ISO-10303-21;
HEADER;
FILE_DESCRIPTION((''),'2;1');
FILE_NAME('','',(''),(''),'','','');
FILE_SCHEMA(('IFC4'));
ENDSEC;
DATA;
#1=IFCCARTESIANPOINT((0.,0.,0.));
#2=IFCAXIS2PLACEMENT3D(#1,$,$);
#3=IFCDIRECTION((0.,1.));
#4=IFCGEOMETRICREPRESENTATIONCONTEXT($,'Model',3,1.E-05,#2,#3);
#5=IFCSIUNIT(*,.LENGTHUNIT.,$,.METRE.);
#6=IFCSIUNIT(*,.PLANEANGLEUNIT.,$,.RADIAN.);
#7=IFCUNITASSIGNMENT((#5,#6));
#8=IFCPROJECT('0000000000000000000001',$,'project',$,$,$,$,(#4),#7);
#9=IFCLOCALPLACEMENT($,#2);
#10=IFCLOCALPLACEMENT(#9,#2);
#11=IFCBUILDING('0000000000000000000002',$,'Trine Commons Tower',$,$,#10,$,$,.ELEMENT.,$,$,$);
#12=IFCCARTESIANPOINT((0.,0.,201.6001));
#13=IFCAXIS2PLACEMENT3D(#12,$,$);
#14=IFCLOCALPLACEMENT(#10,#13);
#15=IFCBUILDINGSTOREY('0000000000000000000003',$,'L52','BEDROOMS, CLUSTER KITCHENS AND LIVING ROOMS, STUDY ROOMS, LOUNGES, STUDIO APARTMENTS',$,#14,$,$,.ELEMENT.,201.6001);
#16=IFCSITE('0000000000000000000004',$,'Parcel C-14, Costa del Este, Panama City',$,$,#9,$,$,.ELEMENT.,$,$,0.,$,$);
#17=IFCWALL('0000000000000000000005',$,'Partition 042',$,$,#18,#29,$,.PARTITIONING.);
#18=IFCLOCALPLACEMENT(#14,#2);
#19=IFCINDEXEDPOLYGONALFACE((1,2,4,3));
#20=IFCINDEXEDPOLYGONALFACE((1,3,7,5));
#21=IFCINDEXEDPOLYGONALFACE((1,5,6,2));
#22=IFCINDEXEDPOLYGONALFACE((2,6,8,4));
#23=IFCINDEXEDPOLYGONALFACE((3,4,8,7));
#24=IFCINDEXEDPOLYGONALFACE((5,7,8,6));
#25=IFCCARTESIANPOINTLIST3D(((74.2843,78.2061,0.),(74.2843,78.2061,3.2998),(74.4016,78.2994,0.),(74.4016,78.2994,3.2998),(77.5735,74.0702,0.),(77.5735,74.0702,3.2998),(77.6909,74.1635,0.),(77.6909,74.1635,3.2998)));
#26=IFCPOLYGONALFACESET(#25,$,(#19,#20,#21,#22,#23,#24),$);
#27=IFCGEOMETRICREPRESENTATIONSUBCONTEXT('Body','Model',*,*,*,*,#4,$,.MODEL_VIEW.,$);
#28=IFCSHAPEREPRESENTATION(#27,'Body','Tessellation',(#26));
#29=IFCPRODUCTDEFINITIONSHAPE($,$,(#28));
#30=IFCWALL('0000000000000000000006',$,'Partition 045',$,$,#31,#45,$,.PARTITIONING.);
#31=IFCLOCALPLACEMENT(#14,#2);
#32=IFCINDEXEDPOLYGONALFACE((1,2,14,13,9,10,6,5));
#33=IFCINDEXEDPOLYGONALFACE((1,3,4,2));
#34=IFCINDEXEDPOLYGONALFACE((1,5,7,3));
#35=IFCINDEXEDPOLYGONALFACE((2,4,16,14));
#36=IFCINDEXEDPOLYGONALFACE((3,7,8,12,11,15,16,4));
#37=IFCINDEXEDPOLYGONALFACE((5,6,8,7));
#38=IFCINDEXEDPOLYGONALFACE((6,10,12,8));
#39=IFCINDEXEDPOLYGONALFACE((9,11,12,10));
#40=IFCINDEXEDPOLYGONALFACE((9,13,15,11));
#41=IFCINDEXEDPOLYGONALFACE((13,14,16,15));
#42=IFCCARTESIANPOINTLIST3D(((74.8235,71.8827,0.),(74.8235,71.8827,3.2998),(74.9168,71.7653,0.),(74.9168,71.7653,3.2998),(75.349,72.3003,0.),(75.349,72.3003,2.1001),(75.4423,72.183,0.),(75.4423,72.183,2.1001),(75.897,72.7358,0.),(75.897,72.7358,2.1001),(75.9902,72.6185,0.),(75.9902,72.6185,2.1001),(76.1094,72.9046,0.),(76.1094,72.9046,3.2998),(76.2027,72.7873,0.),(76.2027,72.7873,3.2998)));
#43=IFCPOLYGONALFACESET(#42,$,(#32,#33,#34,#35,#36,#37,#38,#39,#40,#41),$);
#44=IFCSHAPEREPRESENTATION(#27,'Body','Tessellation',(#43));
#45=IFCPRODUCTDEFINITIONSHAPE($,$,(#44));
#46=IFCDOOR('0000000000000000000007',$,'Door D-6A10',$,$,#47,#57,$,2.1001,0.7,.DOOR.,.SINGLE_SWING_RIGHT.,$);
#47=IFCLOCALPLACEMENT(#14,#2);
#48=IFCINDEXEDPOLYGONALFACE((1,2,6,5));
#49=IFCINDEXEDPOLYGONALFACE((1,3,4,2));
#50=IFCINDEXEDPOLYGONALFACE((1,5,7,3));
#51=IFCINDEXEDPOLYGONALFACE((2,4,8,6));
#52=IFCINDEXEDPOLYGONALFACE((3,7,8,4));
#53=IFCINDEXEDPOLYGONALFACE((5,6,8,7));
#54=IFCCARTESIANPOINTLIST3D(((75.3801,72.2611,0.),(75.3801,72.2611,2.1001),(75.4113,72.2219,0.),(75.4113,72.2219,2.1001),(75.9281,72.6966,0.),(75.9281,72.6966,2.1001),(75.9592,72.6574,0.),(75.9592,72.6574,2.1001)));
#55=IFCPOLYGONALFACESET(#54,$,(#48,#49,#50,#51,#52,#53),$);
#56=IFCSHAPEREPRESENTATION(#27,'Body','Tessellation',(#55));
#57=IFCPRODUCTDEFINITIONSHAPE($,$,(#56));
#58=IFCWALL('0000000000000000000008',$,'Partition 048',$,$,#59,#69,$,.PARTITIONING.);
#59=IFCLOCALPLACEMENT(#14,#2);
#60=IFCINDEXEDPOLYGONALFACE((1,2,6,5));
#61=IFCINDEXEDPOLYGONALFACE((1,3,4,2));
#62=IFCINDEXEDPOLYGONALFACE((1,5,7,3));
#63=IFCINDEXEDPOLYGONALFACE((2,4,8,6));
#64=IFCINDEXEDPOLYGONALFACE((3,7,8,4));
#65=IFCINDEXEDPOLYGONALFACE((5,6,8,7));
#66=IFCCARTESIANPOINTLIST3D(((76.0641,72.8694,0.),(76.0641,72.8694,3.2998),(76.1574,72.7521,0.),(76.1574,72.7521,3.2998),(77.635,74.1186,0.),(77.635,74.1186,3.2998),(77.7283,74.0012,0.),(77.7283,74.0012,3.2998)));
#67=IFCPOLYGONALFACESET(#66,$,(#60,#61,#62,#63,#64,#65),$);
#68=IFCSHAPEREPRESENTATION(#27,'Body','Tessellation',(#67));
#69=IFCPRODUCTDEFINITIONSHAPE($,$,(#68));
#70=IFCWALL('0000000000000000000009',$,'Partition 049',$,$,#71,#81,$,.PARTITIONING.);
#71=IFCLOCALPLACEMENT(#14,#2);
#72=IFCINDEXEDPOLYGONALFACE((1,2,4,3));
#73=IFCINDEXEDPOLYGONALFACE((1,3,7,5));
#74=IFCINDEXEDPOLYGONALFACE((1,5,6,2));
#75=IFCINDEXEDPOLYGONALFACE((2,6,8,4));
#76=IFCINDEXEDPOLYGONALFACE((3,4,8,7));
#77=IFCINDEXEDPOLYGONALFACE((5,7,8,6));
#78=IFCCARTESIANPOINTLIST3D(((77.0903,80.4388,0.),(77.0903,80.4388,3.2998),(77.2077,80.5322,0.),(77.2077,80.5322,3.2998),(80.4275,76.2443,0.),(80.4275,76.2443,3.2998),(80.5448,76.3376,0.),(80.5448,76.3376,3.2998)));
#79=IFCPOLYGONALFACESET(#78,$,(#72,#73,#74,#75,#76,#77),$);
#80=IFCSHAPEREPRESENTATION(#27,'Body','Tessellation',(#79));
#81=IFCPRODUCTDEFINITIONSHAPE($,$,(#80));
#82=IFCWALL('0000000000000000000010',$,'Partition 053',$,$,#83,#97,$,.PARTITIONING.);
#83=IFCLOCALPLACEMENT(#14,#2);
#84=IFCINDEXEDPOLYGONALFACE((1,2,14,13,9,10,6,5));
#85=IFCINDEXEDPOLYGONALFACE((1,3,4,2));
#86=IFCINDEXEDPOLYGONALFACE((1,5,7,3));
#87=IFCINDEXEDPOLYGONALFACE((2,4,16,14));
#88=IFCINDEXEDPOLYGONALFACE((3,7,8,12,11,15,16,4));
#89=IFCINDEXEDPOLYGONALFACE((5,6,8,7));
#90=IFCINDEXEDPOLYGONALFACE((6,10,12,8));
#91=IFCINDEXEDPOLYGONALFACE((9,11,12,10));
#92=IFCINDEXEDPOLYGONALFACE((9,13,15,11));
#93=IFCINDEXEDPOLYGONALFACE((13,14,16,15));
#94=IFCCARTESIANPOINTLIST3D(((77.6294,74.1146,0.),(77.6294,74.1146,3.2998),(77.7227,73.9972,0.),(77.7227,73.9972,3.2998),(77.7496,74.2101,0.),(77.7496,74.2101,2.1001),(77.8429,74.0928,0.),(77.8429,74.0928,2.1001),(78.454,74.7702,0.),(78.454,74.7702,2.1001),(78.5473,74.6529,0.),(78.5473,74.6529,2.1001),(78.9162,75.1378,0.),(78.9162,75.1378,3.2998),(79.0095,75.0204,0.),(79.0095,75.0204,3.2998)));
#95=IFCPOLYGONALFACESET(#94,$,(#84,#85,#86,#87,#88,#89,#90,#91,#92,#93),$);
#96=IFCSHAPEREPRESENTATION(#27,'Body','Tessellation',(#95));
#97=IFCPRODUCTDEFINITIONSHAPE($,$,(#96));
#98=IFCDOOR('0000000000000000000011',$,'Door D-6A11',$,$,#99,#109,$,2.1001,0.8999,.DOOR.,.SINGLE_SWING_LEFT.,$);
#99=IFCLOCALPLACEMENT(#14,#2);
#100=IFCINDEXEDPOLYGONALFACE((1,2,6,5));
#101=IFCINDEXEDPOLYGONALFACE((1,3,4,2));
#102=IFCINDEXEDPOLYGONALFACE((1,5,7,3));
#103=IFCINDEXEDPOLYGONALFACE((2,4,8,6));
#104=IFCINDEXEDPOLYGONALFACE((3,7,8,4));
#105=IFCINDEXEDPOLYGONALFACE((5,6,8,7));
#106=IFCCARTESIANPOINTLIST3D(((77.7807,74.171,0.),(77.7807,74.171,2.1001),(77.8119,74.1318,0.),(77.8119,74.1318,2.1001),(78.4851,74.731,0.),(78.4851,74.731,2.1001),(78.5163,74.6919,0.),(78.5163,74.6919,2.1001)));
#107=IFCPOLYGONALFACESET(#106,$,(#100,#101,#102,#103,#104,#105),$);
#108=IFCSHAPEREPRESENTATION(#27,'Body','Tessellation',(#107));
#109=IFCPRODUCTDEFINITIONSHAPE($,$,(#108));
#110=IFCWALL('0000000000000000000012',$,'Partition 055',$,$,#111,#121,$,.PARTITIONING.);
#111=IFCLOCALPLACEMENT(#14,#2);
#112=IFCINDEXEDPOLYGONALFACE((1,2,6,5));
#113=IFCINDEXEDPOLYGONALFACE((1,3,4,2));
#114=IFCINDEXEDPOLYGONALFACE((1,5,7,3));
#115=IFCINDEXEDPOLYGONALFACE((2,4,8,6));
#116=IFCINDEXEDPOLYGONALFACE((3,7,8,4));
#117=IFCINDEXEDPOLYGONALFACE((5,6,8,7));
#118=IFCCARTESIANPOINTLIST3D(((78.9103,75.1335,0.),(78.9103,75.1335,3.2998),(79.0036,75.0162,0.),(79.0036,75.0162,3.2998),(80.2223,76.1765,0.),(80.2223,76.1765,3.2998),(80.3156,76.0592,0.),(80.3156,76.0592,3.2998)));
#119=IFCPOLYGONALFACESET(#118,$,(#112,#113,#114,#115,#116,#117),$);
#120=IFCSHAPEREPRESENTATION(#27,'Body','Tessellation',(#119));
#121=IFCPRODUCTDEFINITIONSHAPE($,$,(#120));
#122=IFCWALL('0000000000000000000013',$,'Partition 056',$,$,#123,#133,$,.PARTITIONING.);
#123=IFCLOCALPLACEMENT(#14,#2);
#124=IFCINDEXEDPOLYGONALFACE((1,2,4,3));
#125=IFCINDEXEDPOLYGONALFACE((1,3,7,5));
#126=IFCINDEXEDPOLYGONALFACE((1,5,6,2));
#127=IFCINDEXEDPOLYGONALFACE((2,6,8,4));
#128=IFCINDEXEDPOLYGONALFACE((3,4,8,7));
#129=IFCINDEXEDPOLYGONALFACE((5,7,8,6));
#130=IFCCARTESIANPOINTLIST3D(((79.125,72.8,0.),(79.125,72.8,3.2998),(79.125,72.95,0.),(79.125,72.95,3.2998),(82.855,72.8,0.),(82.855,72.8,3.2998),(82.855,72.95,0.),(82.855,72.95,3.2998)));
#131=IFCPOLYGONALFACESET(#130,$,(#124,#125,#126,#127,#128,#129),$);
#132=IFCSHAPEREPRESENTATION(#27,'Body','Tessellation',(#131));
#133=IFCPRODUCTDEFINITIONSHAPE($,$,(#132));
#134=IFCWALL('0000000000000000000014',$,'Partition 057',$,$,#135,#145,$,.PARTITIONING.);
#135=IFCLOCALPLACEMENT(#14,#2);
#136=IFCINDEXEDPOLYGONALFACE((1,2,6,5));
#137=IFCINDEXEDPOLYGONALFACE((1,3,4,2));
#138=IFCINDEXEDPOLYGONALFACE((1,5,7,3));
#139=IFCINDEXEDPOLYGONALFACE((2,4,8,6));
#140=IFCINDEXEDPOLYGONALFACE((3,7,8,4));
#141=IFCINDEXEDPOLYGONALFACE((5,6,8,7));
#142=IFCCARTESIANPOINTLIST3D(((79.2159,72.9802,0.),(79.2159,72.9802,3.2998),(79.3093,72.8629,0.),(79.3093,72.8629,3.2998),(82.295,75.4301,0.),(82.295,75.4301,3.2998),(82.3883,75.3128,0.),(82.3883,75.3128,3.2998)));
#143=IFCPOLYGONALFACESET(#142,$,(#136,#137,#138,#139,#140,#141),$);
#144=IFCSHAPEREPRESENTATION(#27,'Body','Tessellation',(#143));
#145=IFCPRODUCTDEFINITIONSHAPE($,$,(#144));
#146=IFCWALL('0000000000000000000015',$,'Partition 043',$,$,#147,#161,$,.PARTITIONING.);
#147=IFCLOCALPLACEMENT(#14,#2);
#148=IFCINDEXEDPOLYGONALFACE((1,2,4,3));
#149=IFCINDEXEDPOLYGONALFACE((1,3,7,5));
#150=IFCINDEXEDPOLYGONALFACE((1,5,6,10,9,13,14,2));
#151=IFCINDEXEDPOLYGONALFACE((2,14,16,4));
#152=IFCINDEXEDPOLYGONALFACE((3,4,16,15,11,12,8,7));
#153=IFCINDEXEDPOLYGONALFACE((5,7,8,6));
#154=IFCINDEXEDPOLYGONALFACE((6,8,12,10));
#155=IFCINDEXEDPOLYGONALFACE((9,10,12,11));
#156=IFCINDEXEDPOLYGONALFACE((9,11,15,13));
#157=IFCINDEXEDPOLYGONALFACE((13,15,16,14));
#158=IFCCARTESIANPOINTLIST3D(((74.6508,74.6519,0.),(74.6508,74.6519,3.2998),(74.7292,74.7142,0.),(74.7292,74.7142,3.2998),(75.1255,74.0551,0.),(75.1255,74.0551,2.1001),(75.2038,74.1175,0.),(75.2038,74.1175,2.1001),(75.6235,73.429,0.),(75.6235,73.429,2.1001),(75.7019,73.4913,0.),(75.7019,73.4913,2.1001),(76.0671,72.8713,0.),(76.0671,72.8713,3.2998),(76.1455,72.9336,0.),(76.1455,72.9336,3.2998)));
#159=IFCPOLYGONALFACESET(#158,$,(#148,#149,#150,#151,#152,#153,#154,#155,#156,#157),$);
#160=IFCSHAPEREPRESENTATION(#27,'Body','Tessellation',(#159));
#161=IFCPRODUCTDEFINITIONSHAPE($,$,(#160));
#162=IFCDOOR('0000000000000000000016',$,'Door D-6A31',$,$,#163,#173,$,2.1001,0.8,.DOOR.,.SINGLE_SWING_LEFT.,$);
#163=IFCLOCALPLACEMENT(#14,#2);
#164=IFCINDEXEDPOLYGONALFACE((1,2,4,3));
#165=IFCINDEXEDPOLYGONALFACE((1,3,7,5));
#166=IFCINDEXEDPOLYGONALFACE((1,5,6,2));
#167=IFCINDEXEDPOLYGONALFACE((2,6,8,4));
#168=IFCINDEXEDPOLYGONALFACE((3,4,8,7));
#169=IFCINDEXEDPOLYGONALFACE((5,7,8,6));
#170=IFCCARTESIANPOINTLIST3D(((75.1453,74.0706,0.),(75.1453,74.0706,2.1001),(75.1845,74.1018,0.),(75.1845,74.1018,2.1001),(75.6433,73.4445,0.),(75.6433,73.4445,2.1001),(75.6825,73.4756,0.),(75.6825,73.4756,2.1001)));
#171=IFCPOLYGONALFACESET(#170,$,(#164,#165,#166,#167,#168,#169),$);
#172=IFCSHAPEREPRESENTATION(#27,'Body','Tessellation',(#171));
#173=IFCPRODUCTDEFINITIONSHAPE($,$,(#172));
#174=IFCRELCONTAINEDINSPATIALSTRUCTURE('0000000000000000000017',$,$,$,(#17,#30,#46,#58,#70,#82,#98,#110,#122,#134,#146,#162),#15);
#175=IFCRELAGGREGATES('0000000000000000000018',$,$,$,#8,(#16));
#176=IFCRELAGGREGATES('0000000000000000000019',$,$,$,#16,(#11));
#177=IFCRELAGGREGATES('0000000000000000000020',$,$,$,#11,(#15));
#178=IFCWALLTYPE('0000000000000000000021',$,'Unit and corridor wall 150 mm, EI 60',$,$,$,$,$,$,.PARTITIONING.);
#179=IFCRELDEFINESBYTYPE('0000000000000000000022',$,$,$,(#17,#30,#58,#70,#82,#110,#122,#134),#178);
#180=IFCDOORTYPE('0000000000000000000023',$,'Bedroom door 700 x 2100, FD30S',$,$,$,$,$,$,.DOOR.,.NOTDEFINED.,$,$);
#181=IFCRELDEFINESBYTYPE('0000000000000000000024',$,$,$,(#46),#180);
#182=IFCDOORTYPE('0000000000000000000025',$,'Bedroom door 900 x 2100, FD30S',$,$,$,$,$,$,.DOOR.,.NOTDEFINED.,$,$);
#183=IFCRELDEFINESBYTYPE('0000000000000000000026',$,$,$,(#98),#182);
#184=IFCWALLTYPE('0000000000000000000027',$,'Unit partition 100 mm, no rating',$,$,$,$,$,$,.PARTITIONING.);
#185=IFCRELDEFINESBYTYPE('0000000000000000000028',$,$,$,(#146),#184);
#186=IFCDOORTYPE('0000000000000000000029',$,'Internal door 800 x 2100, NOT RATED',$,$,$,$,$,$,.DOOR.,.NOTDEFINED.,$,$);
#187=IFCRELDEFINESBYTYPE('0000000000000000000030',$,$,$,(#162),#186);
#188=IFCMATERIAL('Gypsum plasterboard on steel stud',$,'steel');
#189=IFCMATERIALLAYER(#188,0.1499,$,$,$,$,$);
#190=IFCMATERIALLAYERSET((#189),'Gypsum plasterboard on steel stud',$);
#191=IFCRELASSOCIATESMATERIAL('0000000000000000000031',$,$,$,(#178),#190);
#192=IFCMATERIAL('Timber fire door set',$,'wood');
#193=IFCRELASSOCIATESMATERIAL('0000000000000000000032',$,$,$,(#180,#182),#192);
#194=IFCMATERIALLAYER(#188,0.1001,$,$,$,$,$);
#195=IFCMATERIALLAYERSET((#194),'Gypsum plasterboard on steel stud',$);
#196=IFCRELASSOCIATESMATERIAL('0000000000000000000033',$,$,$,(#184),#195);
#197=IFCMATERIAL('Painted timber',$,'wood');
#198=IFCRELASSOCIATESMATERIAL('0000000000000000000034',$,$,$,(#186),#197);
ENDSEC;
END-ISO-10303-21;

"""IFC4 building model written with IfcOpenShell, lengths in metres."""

from ifc_helpers import new_model, si_unit, direction, frame, frame_2d, origin, place, context, subcontext, project, spatial, rectangle, extrude, material, layer, layer_set, type_object, element, fill, save


model = new_model("IFC4")

# Units and contexts
model_context = context("Model", 3, precision=1e-05, world=origin(), true_north=direction((0.0, 1.0)))
body_context = subcontext(model_context, "Body", "Model", "MODEL_VIEW")
ifc_project = project(units=[si_unit("LENGTHUNIT", "METRE"), si_unit("PLANEANGLEUNIT", "RADIAN")], contexts=[model_context])

# Site, building, storey
site_placement = place(None, origin())
site = spatial("IfcSite", under=ifc_project, at=site_placement, Name="Parcel C-14, Costa del Este, Panama City", CompositionType="ELEMENT", RefElevation=0.0)
building_placement = place(site_placement, origin())
building = spatial("IfcBuilding", under=site, at=building_placement, Name="Trine Commons Tower", CompositionType="ELEMENT")
storey_placement = place(building_placement, frame((0.0, 0.0, 201.6001)))
storey = spatial("IfcBuildingStorey", under=building, at=storey_placement, Name="L52", Description="BEDROOMS, CLUSTER KITCHENS AND LIVING ROOMS, STUDY ROOMS, LOUNGES, STUDIO APARTMENTS", CompositionType="ELEMENT", Elevation=201.6001)

# Shared definitions
ifc_material_1 = material(Name="Gypsum plasterboard on steel stud", Category="steel")
ifc_layer_1 = layer(ifc_material_1, 0.1499)
ifc_layer_set_1 = layer_set([ifc_layer_1], Name="Gypsum plasterboard on steel stud")
wall_type_1 = type_object("IfcWallType", Name="Unit and corridor wall 150 mm, EI 60", PredefinedType="PARTITIONING", material=ifc_layer_set_1)

# Shared definitions
ifc_material_2 = material(Name="Painted timber", Category="wood")

# Wall
wall_1_placement = place(storey_placement, frame((74.343, 78.2527, 0.0), z_axis=(0.0, 0.0, 1.0), x_axis=(0.622444, -0.782664, 0.0)))
element("IfcWall", 1, at=wall_1_placement, inside=storey, type_object=wall_type_1, Name="Partition 042", PredefinedType="PARTITIONING", context=body_context, shape_type="SweptSolid", body=[
    extrude(rectangle(XDim=5.2844, YDim=0.1499, at=frame_2d((2.6421, 0.0))), origin(), (0.0, 0.0, 1.0), 3.2998),
])

# Wall, opening, door
wall_2_placement = place(storey_placement, frame((74.8701, 71.824, 0.0), z_axis=(0.0, 0.0, 1.0), x_axis=(0.782866, 0.62219, 0.0)))
wall_2 = element("IfcWall", 2, at=wall_2_placement, inside=storey, type_object=wall_type_1, Name="Partition 045", PredefinedType="PARTITIONING", context=body_context, shape_type="SweptSolid", body=[
    extrude(rectangle(XDim=1.6426, YDim=0.1499, at=frame_2d((0.8213, 0.0))), origin(), (0.0, 0.0, 1.0), 3.2998),
])
opening_1_placement = place(wall_2_placement, frame((0.6711, 0.0, 0.0)))
opening_1 = element("IfcOpeningElement", 3, at=opening_1_placement, cuts=wall_2, PredefinedType="OPENING", context=body_context, shape_type="SweptSolid", body=[
    extrude(rectangle(XDim=0.7, YDim=2.1001, at=frame_2d((0.3501, 1.05))), frame((0.0, 0.085, 0.0), z_axis=(0.0, -1.0, 0.0), x_axis=(1.0, 0.0, 0.0)), (0.0, 0.0, 1.0), 0.1699),
])
ifc_material_3 = material(Name="Timber fire door set", Category="wood")
door_type_1 = type_object("IfcDoorType", Name="Bedroom door 700 x 2100, FD30S", OperationType="NOTDEFINED", PredefinedType="DOOR", material=ifc_material_3)
door_1_placement = place(opening_1_placement, origin())
door_1 = element("IfcDoor", 4, at=door_1_placement, inside=storey, type_object=door_type_1, Name="Door D-6A10", OperationType="SINGLE_SWING_RIGHT", OverallHeight=2.1001, OverallWidth=0.7, PredefinedType="DOOR", context=body_context, shape_type="SweptSolid", body=[
    extrude(rectangle(XDim=0.7, YDim=2.1001, at=frame_2d((0.3501, 1.05))), frame((0.0, 0.0249, 0.0), z_axis=(0.0, -1.0, 0.0), x_axis=(1.0, 0.0, 0.0)), (0.0, 0.0, 1.0), 0.05),
])
fill(opening_1, door_1)

# Walls
wall_3_placement = place(storey_placement, frame((76.1108, 72.8108, 0.0), z_axis=(0.0, 0.0, 1.0), x_axis=(0.782705, 0.622393, 0.0)))
element("IfcWall", 5, at=wall_3_placement, inside=storey, type_object=wall_type_1, Name="Partition 048", PredefinedType="PARTITIONING", context=body_context, shape_type="SweptSolid", body=[
    extrude(rectangle(XDim=2.0071, YDim=0.1499, at=frame_2d((1.0034, 0.0))), origin(), (0.0, 0.0, 1.0), 3.2998),
])
wall_4_placement = place(storey_placement, frame((77.1489, 80.4856, 0.0), z_axis=(0.0, 0.0, 1.0), x_axis=(0.622588, -0.78255, 0.0)))
element("IfcWall", 6, at=wall_4_placement, inside=storey, type_object=wall_type_1, Name="Partition 049", PredefinedType="PARTITIONING", context=body_context, shape_type="SweptSolid", body=[
    extrude(rectangle(XDim=5.3601, YDim=0.1499, at=frame_2d((2.6802, 0.0))), origin(), (0.0, 0.0, 1.0), 3.2998),
])

# Wall, opening, door
wall_5_placement = place(storey_placement, frame((77.676, 74.0559, 0.0), z_axis=(0.0, 0.0, 1.0), x_axis=(0.782734, 0.622356, 0.0)))
wall_5 = element("IfcWall", 7, at=wall_5_placement, inside=storey, type_object=wall_type_1, Name="Partition 053", PredefinedType="PARTITIONING", context=body_context, shape_type="SweptSolid", body=[
    extrude(rectangle(XDim=1.644, YDim=0.1499, at=frame_2d((0.822, 0.0))), origin(), (0.0, 0.0, 1.0), 3.2998),
])
opening_2_placement = place(wall_5_placement, frame((0.1536, 0.0, 0.0)))
opening_2 = element("IfcOpeningElement", 8, at=opening_2_placement, cuts=wall_5, PredefinedType="OPENING", context=body_context, shape_type="SweptSolid", body=[
    extrude(rectangle(XDim=0.8999, YDim=2.1001, at=frame_2d((0.45, 1.05))), frame((0.0, 0.085, 0.0), z_axis=(0.0, -1.0, 0.0), x_axis=(1.0, 0.0, 0.0)), (0.0, 0.0, 1.0), 0.1699),
])
door_type_2 = type_object("IfcDoorType", Name="Bedroom door 900 x 2100, FD30S", OperationType="NOTDEFINED", PredefinedType="DOOR", material=ifc_material_3)
door_2_placement = place(opening_2_placement, origin())
door_2 = element("IfcDoor", 9, at=door_2_placement, inside=storey, type_object=door_type_2, Name="Door D-6A11", OperationType="SINGLE_SWING_LEFT", OverallHeight=2.1001, OverallWidth=0.8999, PredefinedType="DOOR", context=body_context, shape_type="SweptSolid", body=[
    extrude(rectangle(XDim=0.8999, YDim=2.1001, at=frame_2d((0.45, 1.05))), frame((0.0, 0.0249, 0.0), z_axis=(0.0, -1.0, 0.0), x_axis=(1.0, 0.0, 0.0)), (0.0, 0.0, 1.0), 0.05),
])
fill(opening_2, door_2)

# Walls
wall_6_placement = place(storey_placement, frame((78.957, 75.075, 0.0), z_axis=(0.0, 0.0, 1.0), x_axis=(0.782798, 0.622276, 0.0)))
element("IfcWall", 10, at=wall_6_placement, inside=storey, type_object=wall_type_1, Name="Partition 055", PredefinedType="PARTITIONING", context=body_context, shape_type="SweptSolid", body=[
    extrude(rectangle(XDim=1.676, YDim=0.1499, at=frame_2d((0.8379, 0.0))), origin(), (0.0, 0.0, 1.0), 3.2998),
])
wall_7_placement = place(storey_placement, frame((79.125, 72.875, 0.0), z_axis=(0.0, 0.0, 1.0), x_axis=(1.0, 0.0, 0.0)))
element("IfcWall", 11, at=wall_7_placement, inside=storey, type_object=wall_type_1, Name="Partition 056", PredefinedType="PARTITIONING", context=body_context, shape_type="SweptSolid", body=[
    extrude(rectangle(XDim=3.73, YDim=0.1499, at=frame_2d((1.865, 0.0))), origin(), (0.0, 0.0, 1.0), 3.2998),
])
wall_8_placement = place(storey_placement, frame((79.2627, 72.9216, 0.0), z_axis=(0.0, 0.0, 1.0), x_axis=(0.782519, 0.622627, 0.0)))
element("IfcWall", 12, at=wall_8_placement, inside=storey, type_object=wall_type_1, Name="Partition 057", PredefinedType="PARTITIONING", context=body_context, shape_type="SweptSolid", body=[
    extrude(rectangle(XDim=3.9348, YDim=0.1499, at=frame_2d((1.9673, 0.0))), origin(), (0.0, 0.0, 1.0), 3.2998),
])

# Wall, opening, door
ifc_layer_2 = layer(ifc_material_1, 0.1001)
ifc_layer_set_2 = layer_set([ifc_layer_2], Name="Gypsum plasterboard on steel stud")
wall_type_2 = type_object("IfcWallType", Name="Unit partition 100 mm, no rating", PredefinedType="PARTITIONING", material=ifc_layer_set_2)
wall_9_placement = place(storey_placement, frame((74.6899, 74.6831, 0.0), z_axis=(0.0, 0.0, 1.0), x_axis=(0.622507, -0.782614, 0.0)))
wall_9 = element("IfcWall", 13, at=wall_9_placement, inside=storey, type_object=wall_type_2, Name="Partition 043", PredefinedType="PARTITIONING", context=body_context, shape_type="SweptSolid", body=[
    extrude(rectangle(XDim=2.2751, YDim=0.1001, at=frame_2d((1.1377, 0.0))), origin(), (0.0, 0.0, 1.0), 3.2998),
])
opening_3_placement = place(wall_9_placement, frame((0.7627, 0.0, 0.0)))
opening_3 = element("IfcOpeningElement", 14, at=opening_3_placement, cuts=wall_9, PredefinedType="OPENING", context=body_context, shape_type="SweptSolid", body=[
    extrude(rectangle(XDim=0.8, YDim=2.1001, at=frame_2d((0.3999, 1.05))), frame((0.0, 0.0601, 0.0), z_axis=(0.0, -1.0, 0.0), x_axis=(1.0, 0.0, 0.0)), (0.0, 0.0, 1.0), 0.1201),
])
door_type_3 = type_object("IfcDoorType", Name="Internal door 800 x 2100, NOT RATED", OperationType="NOTDEFINED", PredefinedType="DOOR", material=ifc_material_2)
door_3_placement = place(opening_3_placement, frame((0.8, 0.0, 0.0), z_axis=(0.0, 0.0, 1.0), x_axis=(-1.0, 0.0, 0.0)))
door_3 = element("IfcDoor", 15, at=door_3_placement, inside=storey, type_object=door_type_3, Name="Door D-6A31", OperationType="SINGLE_SWING_LEFT", OverallHeight=2.1001, OverallWidth=0.8, PredefinedType="DOOR", context=body_context, shape_type="SweptSolid", body=[
    extrude(rectangle(XDim=0.8, YDim=2.1001, at=frame_2d((0.3999, 1.05))), frame((0.0, 0.0249, 0.0), z_axis=(0.0, -1.0, 0.0), x_axis=(1.0, 0.0, 0.0)), (0.0, 0.0, 1.0), 0.05),
])
fill(opening_3, door_3)

save(model, "model.ifc")
